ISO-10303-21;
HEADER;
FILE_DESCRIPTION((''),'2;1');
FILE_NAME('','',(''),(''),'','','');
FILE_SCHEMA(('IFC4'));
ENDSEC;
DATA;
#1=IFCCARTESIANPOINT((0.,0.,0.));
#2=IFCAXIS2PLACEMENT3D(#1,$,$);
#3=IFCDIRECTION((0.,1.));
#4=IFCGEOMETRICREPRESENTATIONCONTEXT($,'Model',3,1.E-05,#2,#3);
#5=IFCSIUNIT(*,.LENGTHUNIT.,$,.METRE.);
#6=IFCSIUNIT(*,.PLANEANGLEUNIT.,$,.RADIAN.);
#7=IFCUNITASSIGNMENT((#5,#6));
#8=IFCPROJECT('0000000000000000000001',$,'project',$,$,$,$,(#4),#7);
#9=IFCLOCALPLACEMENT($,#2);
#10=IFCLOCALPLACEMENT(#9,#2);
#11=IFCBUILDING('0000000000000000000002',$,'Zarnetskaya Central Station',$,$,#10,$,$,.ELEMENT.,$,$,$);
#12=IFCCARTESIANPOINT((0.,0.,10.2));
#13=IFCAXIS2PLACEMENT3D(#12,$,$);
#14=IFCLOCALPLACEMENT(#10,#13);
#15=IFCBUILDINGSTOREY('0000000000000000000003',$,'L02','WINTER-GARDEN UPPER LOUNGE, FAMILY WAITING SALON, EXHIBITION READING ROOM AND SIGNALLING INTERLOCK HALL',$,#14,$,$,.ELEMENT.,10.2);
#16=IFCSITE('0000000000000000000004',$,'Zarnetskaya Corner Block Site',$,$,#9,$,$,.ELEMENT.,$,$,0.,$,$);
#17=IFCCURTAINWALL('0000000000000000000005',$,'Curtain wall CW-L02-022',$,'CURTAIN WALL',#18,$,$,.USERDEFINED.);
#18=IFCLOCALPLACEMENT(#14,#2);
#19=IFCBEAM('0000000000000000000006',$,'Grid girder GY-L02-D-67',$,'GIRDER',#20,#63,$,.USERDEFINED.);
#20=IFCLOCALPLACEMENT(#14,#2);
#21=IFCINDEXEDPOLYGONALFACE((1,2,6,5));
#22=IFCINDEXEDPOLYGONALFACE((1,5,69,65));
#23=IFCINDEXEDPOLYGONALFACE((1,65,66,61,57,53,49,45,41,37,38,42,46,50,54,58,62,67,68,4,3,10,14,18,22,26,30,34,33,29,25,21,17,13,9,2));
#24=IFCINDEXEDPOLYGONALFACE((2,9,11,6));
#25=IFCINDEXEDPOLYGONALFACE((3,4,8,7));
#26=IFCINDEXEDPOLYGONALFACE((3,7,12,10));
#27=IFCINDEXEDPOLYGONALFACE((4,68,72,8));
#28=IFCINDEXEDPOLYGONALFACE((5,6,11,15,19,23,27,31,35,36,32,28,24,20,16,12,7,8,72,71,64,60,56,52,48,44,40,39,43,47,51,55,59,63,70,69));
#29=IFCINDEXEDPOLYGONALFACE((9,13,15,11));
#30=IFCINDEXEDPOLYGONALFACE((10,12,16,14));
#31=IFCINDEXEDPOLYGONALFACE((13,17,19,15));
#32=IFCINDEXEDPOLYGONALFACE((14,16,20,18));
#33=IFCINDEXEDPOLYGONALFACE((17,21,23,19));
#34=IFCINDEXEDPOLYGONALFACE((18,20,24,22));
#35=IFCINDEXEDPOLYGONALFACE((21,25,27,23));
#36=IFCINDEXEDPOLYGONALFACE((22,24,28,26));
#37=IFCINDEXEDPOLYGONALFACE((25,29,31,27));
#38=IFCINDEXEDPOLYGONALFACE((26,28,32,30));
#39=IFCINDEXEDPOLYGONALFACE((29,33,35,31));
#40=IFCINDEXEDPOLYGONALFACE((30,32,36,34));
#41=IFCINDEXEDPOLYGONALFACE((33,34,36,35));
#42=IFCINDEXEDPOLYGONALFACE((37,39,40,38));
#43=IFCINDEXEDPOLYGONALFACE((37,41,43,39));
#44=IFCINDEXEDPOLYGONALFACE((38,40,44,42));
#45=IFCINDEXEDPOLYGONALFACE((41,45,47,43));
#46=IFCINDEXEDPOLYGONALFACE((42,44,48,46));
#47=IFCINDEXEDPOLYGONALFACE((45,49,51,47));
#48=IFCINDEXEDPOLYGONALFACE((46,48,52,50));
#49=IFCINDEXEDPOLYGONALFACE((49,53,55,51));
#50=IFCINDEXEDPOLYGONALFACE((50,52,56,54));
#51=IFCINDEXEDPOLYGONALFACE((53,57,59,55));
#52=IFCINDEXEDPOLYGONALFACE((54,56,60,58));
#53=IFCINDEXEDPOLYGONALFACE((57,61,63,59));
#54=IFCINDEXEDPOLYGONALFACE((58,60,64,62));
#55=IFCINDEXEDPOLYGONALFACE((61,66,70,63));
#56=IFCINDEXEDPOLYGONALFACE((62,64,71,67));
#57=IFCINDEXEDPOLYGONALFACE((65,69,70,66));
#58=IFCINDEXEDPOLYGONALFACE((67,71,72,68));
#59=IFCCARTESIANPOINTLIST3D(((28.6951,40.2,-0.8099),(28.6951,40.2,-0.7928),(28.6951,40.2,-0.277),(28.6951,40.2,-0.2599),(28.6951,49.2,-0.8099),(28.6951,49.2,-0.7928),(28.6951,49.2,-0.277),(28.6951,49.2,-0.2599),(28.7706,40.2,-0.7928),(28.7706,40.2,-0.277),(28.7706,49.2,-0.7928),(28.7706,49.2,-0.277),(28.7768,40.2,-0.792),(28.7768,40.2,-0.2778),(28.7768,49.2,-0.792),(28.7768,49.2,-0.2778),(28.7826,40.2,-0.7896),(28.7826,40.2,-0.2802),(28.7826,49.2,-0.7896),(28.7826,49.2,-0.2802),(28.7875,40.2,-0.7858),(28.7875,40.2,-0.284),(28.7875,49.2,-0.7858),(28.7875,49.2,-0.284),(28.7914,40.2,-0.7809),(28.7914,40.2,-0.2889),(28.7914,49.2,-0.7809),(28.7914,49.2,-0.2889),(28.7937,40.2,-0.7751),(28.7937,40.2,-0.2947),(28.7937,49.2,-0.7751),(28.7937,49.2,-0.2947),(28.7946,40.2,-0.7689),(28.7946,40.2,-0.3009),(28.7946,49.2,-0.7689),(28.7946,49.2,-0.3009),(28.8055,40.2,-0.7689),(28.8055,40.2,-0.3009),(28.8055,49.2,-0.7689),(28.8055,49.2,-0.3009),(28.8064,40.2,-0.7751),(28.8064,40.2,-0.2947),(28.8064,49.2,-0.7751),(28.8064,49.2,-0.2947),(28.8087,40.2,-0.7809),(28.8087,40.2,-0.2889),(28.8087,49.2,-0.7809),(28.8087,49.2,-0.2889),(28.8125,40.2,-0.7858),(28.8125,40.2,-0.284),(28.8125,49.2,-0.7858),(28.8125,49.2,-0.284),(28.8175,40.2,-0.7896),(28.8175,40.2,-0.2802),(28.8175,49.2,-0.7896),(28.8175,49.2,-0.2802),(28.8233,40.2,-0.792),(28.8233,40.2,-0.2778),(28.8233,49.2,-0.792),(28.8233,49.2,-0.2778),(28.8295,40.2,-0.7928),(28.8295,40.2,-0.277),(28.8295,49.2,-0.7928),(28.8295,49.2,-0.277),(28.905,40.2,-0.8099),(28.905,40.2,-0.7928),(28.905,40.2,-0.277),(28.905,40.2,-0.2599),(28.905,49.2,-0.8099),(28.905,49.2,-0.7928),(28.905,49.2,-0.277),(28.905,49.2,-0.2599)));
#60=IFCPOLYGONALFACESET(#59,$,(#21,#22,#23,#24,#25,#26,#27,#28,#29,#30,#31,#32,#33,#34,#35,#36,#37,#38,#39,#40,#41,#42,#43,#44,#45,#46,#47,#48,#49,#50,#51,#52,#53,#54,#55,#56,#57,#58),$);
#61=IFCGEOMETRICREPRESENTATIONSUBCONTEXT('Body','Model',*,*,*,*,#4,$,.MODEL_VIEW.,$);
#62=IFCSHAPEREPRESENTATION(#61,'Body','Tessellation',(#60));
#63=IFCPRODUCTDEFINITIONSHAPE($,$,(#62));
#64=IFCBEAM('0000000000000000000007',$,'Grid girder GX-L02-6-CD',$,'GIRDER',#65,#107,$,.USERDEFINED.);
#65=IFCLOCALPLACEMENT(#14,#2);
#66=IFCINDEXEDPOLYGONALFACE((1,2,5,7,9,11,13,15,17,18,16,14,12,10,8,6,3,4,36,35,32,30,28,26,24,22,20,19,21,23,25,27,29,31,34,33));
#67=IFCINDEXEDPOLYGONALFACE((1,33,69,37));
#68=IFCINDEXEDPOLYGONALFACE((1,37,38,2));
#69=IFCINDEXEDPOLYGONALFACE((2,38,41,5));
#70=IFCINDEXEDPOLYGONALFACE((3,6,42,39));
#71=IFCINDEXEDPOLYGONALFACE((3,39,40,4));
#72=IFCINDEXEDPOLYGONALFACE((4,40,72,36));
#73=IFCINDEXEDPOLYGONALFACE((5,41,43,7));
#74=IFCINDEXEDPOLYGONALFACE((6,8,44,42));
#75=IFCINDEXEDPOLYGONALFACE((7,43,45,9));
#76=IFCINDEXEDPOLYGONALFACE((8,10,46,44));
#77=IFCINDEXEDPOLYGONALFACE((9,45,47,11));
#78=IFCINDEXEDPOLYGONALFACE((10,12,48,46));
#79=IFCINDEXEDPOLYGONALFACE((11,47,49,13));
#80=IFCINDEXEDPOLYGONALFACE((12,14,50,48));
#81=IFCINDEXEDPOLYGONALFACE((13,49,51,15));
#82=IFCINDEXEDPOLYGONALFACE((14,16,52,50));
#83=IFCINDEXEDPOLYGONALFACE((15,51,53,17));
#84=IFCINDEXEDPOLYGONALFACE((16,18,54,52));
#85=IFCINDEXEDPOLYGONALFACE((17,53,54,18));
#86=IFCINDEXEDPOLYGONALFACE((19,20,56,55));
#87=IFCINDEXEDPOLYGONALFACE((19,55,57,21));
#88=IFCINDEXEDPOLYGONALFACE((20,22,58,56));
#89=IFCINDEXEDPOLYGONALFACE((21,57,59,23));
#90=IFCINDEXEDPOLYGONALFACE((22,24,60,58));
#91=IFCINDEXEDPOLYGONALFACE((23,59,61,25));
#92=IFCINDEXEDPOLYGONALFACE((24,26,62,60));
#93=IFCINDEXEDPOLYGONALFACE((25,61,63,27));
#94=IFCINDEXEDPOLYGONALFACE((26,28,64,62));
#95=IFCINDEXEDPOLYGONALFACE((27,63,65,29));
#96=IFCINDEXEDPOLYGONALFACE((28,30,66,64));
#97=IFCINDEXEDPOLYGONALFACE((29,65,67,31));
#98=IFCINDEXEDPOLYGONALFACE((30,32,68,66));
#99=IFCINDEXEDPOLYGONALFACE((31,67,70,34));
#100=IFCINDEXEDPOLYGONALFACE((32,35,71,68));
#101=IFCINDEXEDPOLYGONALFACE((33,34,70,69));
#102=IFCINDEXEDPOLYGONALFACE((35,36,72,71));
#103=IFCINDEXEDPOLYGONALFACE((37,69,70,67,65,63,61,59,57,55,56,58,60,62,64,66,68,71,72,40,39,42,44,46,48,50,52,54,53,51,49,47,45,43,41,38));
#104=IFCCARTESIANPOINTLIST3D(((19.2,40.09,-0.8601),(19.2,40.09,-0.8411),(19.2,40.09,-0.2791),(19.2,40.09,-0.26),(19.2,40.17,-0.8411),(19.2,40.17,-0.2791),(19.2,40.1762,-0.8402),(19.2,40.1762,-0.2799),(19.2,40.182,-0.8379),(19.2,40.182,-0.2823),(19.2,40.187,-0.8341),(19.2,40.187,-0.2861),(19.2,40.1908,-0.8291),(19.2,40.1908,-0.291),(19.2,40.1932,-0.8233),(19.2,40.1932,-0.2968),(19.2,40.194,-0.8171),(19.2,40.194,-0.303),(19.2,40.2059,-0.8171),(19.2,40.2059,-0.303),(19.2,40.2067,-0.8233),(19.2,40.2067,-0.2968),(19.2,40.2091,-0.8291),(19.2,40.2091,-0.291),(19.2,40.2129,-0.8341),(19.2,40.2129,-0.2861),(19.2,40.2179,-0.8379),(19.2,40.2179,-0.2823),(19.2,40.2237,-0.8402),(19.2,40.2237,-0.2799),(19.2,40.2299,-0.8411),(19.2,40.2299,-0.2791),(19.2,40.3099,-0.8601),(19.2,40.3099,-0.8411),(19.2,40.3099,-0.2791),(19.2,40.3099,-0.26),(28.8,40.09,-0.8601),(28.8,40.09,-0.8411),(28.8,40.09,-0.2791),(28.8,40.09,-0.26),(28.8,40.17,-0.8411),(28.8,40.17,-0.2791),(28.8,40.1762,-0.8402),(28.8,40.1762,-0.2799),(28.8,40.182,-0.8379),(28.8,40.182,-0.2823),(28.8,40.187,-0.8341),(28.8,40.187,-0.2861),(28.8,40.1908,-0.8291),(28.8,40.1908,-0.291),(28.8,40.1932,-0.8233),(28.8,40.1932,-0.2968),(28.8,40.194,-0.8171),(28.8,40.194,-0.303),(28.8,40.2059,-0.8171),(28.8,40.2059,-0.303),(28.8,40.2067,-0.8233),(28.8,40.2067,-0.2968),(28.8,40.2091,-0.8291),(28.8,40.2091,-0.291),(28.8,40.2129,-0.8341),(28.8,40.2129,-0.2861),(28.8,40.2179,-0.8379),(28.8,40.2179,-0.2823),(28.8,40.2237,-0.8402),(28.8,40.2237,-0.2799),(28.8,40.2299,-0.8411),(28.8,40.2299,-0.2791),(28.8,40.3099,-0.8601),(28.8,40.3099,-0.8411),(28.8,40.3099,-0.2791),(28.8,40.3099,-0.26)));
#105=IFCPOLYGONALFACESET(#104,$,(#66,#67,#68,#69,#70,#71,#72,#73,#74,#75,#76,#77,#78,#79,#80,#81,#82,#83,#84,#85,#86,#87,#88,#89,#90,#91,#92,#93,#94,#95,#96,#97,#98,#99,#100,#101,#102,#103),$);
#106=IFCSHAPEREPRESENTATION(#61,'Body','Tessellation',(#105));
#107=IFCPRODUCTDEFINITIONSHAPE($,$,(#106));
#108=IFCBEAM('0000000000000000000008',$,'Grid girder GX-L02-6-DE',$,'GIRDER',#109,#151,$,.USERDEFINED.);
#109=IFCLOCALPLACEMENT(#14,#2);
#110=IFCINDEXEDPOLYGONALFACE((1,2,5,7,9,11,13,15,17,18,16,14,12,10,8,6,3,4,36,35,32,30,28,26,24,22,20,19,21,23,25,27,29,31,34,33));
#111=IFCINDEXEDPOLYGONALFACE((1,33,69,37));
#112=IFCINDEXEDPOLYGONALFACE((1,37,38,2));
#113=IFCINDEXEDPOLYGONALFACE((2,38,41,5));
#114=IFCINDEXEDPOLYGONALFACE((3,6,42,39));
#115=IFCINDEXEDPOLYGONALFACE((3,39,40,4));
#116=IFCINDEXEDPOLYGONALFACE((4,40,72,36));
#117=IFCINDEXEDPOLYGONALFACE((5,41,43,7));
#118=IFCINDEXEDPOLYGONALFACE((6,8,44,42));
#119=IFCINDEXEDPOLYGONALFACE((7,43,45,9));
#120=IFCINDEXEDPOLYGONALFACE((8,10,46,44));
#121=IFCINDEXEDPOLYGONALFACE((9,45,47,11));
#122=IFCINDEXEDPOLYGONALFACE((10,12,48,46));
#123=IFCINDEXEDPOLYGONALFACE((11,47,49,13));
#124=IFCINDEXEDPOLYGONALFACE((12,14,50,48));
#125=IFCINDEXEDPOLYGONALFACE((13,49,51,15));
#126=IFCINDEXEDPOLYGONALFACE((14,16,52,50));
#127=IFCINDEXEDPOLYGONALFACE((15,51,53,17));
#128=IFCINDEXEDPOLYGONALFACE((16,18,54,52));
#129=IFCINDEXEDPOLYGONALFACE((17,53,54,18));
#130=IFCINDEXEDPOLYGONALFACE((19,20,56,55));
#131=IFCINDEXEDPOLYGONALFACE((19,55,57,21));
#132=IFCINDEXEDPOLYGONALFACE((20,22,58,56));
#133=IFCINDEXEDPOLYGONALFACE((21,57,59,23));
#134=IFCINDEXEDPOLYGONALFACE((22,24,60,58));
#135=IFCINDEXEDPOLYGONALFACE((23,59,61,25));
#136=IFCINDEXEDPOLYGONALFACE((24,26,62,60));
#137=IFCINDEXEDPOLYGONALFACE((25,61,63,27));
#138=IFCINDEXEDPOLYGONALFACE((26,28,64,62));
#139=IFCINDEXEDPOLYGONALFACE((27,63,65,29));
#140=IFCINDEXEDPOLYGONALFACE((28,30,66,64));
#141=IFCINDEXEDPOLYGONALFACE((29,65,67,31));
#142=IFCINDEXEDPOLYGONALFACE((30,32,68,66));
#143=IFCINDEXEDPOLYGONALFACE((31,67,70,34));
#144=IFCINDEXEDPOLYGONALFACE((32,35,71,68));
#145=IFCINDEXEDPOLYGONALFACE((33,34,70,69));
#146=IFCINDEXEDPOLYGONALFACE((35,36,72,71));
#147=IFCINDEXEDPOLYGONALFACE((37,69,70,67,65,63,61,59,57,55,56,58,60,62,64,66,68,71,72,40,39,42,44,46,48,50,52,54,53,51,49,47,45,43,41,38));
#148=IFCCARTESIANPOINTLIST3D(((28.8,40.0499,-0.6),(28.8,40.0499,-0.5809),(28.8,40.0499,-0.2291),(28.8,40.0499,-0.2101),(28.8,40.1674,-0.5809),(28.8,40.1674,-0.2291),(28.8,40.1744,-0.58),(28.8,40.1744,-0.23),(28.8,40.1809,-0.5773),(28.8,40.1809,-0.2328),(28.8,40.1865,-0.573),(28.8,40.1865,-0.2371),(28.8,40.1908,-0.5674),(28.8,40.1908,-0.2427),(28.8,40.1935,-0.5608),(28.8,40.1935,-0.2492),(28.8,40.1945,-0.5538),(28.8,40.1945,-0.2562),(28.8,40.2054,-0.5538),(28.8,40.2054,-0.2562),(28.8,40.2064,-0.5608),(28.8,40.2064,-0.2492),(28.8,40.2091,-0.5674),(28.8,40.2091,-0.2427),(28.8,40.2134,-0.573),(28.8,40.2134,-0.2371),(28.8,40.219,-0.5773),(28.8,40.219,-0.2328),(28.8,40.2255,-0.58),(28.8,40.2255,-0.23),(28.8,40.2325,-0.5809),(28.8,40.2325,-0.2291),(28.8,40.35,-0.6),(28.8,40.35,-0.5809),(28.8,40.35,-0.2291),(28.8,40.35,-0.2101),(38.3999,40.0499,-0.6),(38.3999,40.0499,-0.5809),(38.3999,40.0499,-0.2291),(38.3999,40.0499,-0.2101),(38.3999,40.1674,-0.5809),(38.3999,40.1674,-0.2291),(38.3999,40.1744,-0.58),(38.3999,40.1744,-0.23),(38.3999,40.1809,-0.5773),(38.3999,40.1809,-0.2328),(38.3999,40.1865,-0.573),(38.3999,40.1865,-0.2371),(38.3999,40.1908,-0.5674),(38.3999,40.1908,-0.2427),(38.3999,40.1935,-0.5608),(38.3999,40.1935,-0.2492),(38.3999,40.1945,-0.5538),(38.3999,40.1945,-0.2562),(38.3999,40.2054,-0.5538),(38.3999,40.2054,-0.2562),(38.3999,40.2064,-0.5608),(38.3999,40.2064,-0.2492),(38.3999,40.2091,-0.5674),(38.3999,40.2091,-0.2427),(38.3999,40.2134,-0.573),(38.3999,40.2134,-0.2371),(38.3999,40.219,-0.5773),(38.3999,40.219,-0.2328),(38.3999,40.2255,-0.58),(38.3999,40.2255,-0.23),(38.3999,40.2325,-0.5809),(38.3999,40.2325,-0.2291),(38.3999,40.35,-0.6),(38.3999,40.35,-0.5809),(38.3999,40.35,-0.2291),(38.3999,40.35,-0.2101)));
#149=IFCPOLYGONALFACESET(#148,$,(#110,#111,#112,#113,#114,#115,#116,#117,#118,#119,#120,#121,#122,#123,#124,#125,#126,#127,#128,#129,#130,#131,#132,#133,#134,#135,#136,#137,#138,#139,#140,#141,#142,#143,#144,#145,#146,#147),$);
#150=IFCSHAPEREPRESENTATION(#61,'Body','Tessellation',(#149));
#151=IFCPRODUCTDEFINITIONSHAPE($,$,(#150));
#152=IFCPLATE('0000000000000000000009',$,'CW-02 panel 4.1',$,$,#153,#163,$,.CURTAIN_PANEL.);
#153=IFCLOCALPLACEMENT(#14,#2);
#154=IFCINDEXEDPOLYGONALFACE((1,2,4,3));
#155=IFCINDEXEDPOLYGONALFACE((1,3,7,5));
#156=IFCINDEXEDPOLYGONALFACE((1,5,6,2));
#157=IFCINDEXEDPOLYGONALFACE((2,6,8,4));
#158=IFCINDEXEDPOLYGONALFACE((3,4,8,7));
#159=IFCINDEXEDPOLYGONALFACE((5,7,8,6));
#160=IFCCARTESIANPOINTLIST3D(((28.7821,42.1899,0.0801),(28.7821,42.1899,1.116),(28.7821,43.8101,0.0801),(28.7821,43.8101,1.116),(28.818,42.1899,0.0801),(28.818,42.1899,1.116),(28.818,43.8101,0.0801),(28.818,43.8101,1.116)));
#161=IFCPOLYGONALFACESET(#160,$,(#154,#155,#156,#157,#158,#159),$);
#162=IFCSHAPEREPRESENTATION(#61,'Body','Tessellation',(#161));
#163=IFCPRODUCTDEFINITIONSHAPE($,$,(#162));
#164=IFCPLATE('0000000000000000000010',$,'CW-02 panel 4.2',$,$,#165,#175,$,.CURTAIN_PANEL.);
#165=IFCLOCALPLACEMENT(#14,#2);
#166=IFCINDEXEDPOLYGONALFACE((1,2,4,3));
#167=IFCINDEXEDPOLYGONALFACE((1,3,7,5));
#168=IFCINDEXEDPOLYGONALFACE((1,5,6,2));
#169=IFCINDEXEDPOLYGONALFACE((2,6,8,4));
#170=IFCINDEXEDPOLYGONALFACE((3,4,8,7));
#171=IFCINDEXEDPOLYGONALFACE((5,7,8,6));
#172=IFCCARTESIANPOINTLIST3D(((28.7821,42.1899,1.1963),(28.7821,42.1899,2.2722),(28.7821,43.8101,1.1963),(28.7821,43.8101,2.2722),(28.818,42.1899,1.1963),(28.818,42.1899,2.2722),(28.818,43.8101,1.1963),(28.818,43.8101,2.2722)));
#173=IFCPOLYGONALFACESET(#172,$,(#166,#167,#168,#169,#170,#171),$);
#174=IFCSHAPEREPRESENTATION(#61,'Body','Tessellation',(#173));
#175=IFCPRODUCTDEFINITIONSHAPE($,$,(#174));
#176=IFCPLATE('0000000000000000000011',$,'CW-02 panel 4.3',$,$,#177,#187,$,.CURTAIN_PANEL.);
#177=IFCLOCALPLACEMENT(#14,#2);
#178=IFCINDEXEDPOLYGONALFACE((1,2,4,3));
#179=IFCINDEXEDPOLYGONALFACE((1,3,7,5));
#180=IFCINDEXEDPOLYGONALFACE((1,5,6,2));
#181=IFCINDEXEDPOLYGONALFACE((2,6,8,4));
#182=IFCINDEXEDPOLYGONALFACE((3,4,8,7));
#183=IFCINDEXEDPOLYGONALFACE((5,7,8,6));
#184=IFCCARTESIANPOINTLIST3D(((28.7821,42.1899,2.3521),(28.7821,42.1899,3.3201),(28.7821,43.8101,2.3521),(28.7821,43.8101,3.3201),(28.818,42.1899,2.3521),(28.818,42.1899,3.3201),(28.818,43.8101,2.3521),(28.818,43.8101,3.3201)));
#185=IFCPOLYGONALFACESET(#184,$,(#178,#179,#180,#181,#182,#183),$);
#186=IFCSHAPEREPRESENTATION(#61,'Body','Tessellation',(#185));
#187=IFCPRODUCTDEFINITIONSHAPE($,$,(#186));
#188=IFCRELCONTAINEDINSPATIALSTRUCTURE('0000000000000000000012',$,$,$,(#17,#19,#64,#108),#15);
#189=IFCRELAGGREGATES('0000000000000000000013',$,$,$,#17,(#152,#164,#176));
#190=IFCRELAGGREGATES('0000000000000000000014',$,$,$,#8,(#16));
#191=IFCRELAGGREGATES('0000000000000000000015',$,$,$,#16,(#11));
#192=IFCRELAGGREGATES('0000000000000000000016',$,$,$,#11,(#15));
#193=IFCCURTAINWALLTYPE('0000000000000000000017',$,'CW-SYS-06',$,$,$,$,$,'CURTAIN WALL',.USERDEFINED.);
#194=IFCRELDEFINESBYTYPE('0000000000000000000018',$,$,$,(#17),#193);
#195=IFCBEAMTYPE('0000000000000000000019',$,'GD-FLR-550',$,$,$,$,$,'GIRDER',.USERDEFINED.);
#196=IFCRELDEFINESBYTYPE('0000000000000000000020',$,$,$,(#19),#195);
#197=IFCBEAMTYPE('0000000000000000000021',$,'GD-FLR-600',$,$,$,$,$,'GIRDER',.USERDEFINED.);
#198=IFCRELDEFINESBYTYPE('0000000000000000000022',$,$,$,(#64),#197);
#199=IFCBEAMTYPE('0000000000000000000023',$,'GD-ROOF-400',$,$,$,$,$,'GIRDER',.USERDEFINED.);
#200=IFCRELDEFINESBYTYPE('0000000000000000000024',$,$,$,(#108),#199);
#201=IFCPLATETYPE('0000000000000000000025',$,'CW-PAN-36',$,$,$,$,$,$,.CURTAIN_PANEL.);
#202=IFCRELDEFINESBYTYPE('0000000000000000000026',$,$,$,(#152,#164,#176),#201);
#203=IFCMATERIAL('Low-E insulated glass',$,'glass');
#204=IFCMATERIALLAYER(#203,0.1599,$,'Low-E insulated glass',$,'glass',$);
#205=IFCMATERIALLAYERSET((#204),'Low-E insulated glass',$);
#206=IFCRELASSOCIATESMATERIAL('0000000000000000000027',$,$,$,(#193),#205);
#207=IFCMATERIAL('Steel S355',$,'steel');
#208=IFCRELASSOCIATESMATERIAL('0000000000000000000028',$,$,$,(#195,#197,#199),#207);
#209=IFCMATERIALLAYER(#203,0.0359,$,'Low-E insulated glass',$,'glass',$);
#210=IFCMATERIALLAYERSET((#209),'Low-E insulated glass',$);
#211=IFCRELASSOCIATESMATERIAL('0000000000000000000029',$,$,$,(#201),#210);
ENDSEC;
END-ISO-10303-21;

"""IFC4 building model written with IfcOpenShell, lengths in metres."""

from ifc_helpers import new_model, si_unit, direction, frame, origin, origin_2d, place, context, subcontext, project, spatial, rectangle, i_section, extrude, material, layer, layer_set, material_profile, profile_set, type_object, element, aggregate, save


model = new_model("IFC4")

# Units and contexts
model_context = context("Model", 3, precision=1e-05, world=origin(), true_north=direction((0.0, 1.0)))
body_context = subcontext(model_context, "Body", "Model", "MODEL_VIEW")
ifc_project = project(units=[si_unit("LENGTHUNIT", "METRE"), si_unit("PLANEANGLEUNIT", "RADIAN")], contexts=[model_context])

# Site, building, storey
site_placement = place(None, origin())
site = spatial("IfcSite", under=ifc_project, at=site_placement, Name="Zarnetskaya Corner Block Site", CompositionType="ELEMENT", RefElevation=0.0)
building_placement = place(site_placement, origin())
building = spatial("IfcBuilding", under=site, at=building_placement, Name="Zarnetskaya Central Station", CompositionType="ELEMENT")
storey_placement = place(building_placement, frame((0.0, 0.0, 10.2)))
storey = spatial("IfcBuildingStorey", under=building, at=storey_placement, Name="L02", Description="WINTER-GARDEN UPPER LOUNGE, FAMILY WAITING SALON, EXHIBITION READING ROOM AND SIGNALLING INTERLOCK HALL", CompositionType="ELEMENT", Elevation=10.2)

# Shared definitions
ifc_material_1 = material(Name="Steel S355", Category="steel")

# Curtain wall
ifc_material_2 = material(Name="Low-E insulated glass", Category="glass")
ifc_layer_1 = layer(ifc_material_2, 0.1599, Name="Low-E insulated glass", Category="glass")
ifc_layer_set_1 = layer_set([ifc_layer_1], Name="Low-E insulated glass")
curtain_wall_type = type_object("IfcCurtainWallType", Name="CW-SYS-06", ElementType="CURTAIN WALL", PredefinedType="USERDEFINED", material=ifc_layer_set_1)
curtain_wall_placement = place(storey_placement, origin())
curtain_wall = element("IfcCurtainWall", 1, at=curtain_wall_placement, inside=storey, type_object=curtain_wall_type, Name="Curtain wall CW-L02-022", ObjectType="CURTAIN WALL", PredefinedType="USERDEFINED")

# Beams
ifc_material_profile_1 = material_profile(ifc_material_1, i_section(OverallWidth=0.21, OverallDepth=0.55, WebThickness=0.011, FlangeThickness=0.0171, FilletRadius=0.0239, at=origin_2d()), Name="IPE 550")
ifc_profile_set_1 = profile_set([ifc_material_profile_1], Name="Steel S355")
beam_type_1 = type_object("IfcBeamType", Name="GD-FLR-550", ElementType="GIRDER", PredefinedType="USERDEFINED", material=ifc_profile_set_1)
for number, where, z_axis, x_axis, name in (
    (2, (28.8, 40.2, -0.5349), (0.0, 1.0, 0.0), (-1.0, 0.0, 0.0), "Grid girder GY-L02-D-67"),
):
    element("IfcBeam", number, at=place(storey_placement, frame(where, z_axis=z_axis, x_axis=x_axis)), inside=storey, type_object=beam_type_1, Name=name, ObjectType="GIRDER", PredefinedType="USERDEFINED", context=body_context, shape_type="SweptSolid", body=[
        extrude(i_section(OverallWidth=0.21, OverallDepth=0.55, WebThickness=0.011, FlangeThickness=0.0171, FilletRadius=0.0239, at=origin_2d()), origin(), (0.0, 0.0, 1.0), 9.0),
    ])
ifc_material_profile_2 = material_profile(ifc_material_1, i_section(OverallWidth=0.22, OverallDepth=0.6001, WebThickness=0.012, FlangeThickness=0.019, FilletRadius=0.0239, at=origin_2d()), Name="IPE 600")
ifc_profile_set_2 = profile_set([ifc_material_profile_2], Name="Steel S355")
beam_type_2 = type_object("IfcBeamType", Name="GD-FLR-600", ElementType="GIRDER", PredefinedType="USERDEFINED", material=ifc_profile_set_2)
beam_1_placement = place(storey_placement, frame((19.2, 40.2, -0.5601), z_axis=(1.0, 0.0, 0.0), x_axis=(0.0, 1.0, 0.0)))
element("IfcBeam", 3, at=beam_1_placement, inside=storey, type_object=beam_type_2, Name="Grid girder GX-L02-6-CD", ObjectType="GIRDER", PredefinedType="USERDEFINED", context=body_context, shape_type="SweptSolid", body=[
    extrude(i_section(OverallWidth=0.22, OverallDepth=0.6001, WebThickness=0.012, FlangeThickness=0.019, FilletRadius=0.0239, at=origin_2d()), origin(), (0.0, 0.0, 1.0), 9.6001),
])
ifc_material_profile_3 = material_profile(ifc_material_1, i_section(OverallWidth=0.3, OverallDepth=0.3899, WebThickness=0.011, FlangeThickness=0.019, FilletRadius=0.0271, at=origin_2d()), Name="HEA 400")
ifc_profile_set_3 = profile_set([ifc_material_profile_3], Name="Steel S355")
beam_type_3 = type_object("IfcBeamType", Name="GD-ROOF-400", ElementType="GIRDER", PredefinedType="USERDEFINED", material=ifc_profile_set_3)
beam_2_placement = place(storey_placement, frame((28.8, 40.2, -0.405), z_axis=(1.0, 0.0, 0.0), x_axis=(0.0, 1.0, 0.0)))
element("IfcBeam", 4, at=beam_2_placement, inside=storey, type_object=beam_type_3, Name="Grid girder GX-L02-6-DE", ObjectType="GIRDER", PredefinedType="USERDEFINED", context=body_context, shape_type="SweptSolid", body=[
    extrude(i_section(OverallWidth=0.3, OverallDepth=0.3899, WebThickness=0.011, FlangeThickness=0.019, FilletRadius=0.0271, at=origin_2d()), origin(), (0.0, 0.0, 1.0), 9.5999),
])

# Plates
ifc_layer_2 = layer(ifc_material_2, 0.0359, Name="Low-E insulated glass", Category="glass")
ifc_layer_set_2 = layer_set([ifc_layer_2], Name="Low-E insulated glass")
plate_type = type_object("IfcPlateType", Name="CW-PAN-36", PredefinedType="CURTAIN_PANEL", material=ifc_layer_set_2)
plate_1_placement = place(storey_placement, frame((28.8, 43.0, 0.0801), z_axis=(0.0, 0.0, 1.0), x_axis=(0.0, -1.0, 0.0)))
plate_1 = element("IfcPlate", 5, at=plate_1_placement, type_object=plate_type, Name="CW-02 panel 4.1", PredefinedType="CURTAIN_PANEL", context=body_context, shape_type="SweptSolid", body=[
    extrude(rectangle(XDim=1.6201, YDim=0.0359, at=origin_2d()), origin(), (0.0, 0.0, 1.0), 1.0359),
])
plate_2_placement = place(storey_placement, frame((28.8, 43.0, 1.1963), z_axis=(0.0, 0.0, 1.0), x_axis=(0.0, -1.0, 0.0)))
plate_2 = element("IfcPlate", 6, at=plate_2_placement, type_object=plate_type, Name="CW-02 panel 4.2", PredefinedType="CURTAIN_PANEL", context=body_context, shape_type="SweptSolid", body=[
    extrude(rectangle(XDim=1.6201, YDim=0.0359, at=origin_2d()), origin(), (0.0, 0.0, 1.0), 1.0759),
])
plate_3_placement = place(storey_placement, frame((28.8, 43.0, 2.3521), z_axis=(0.0, 0.0, 1.0), x_axis=(0.0, -1.0, 0.0)))
plate_3 = element("IfcPlate", 7, at=plate_3_placement, type_object=plate_type, Name="CW-02 panel 4.3", PredefinedType="CURTAIN_PANEL", context=body_context, shape_type="SweptSolid", body=[
    extrude(rectangle(XDim=1.6201, YDim=0.0359, at=origin_2d()), origin(), (0.0, 0.0, 1.0), 0.968),
])
aggregate(curtain_wall, [plate_1, plate_2, plate_3])

save(model, "model.ifc")
